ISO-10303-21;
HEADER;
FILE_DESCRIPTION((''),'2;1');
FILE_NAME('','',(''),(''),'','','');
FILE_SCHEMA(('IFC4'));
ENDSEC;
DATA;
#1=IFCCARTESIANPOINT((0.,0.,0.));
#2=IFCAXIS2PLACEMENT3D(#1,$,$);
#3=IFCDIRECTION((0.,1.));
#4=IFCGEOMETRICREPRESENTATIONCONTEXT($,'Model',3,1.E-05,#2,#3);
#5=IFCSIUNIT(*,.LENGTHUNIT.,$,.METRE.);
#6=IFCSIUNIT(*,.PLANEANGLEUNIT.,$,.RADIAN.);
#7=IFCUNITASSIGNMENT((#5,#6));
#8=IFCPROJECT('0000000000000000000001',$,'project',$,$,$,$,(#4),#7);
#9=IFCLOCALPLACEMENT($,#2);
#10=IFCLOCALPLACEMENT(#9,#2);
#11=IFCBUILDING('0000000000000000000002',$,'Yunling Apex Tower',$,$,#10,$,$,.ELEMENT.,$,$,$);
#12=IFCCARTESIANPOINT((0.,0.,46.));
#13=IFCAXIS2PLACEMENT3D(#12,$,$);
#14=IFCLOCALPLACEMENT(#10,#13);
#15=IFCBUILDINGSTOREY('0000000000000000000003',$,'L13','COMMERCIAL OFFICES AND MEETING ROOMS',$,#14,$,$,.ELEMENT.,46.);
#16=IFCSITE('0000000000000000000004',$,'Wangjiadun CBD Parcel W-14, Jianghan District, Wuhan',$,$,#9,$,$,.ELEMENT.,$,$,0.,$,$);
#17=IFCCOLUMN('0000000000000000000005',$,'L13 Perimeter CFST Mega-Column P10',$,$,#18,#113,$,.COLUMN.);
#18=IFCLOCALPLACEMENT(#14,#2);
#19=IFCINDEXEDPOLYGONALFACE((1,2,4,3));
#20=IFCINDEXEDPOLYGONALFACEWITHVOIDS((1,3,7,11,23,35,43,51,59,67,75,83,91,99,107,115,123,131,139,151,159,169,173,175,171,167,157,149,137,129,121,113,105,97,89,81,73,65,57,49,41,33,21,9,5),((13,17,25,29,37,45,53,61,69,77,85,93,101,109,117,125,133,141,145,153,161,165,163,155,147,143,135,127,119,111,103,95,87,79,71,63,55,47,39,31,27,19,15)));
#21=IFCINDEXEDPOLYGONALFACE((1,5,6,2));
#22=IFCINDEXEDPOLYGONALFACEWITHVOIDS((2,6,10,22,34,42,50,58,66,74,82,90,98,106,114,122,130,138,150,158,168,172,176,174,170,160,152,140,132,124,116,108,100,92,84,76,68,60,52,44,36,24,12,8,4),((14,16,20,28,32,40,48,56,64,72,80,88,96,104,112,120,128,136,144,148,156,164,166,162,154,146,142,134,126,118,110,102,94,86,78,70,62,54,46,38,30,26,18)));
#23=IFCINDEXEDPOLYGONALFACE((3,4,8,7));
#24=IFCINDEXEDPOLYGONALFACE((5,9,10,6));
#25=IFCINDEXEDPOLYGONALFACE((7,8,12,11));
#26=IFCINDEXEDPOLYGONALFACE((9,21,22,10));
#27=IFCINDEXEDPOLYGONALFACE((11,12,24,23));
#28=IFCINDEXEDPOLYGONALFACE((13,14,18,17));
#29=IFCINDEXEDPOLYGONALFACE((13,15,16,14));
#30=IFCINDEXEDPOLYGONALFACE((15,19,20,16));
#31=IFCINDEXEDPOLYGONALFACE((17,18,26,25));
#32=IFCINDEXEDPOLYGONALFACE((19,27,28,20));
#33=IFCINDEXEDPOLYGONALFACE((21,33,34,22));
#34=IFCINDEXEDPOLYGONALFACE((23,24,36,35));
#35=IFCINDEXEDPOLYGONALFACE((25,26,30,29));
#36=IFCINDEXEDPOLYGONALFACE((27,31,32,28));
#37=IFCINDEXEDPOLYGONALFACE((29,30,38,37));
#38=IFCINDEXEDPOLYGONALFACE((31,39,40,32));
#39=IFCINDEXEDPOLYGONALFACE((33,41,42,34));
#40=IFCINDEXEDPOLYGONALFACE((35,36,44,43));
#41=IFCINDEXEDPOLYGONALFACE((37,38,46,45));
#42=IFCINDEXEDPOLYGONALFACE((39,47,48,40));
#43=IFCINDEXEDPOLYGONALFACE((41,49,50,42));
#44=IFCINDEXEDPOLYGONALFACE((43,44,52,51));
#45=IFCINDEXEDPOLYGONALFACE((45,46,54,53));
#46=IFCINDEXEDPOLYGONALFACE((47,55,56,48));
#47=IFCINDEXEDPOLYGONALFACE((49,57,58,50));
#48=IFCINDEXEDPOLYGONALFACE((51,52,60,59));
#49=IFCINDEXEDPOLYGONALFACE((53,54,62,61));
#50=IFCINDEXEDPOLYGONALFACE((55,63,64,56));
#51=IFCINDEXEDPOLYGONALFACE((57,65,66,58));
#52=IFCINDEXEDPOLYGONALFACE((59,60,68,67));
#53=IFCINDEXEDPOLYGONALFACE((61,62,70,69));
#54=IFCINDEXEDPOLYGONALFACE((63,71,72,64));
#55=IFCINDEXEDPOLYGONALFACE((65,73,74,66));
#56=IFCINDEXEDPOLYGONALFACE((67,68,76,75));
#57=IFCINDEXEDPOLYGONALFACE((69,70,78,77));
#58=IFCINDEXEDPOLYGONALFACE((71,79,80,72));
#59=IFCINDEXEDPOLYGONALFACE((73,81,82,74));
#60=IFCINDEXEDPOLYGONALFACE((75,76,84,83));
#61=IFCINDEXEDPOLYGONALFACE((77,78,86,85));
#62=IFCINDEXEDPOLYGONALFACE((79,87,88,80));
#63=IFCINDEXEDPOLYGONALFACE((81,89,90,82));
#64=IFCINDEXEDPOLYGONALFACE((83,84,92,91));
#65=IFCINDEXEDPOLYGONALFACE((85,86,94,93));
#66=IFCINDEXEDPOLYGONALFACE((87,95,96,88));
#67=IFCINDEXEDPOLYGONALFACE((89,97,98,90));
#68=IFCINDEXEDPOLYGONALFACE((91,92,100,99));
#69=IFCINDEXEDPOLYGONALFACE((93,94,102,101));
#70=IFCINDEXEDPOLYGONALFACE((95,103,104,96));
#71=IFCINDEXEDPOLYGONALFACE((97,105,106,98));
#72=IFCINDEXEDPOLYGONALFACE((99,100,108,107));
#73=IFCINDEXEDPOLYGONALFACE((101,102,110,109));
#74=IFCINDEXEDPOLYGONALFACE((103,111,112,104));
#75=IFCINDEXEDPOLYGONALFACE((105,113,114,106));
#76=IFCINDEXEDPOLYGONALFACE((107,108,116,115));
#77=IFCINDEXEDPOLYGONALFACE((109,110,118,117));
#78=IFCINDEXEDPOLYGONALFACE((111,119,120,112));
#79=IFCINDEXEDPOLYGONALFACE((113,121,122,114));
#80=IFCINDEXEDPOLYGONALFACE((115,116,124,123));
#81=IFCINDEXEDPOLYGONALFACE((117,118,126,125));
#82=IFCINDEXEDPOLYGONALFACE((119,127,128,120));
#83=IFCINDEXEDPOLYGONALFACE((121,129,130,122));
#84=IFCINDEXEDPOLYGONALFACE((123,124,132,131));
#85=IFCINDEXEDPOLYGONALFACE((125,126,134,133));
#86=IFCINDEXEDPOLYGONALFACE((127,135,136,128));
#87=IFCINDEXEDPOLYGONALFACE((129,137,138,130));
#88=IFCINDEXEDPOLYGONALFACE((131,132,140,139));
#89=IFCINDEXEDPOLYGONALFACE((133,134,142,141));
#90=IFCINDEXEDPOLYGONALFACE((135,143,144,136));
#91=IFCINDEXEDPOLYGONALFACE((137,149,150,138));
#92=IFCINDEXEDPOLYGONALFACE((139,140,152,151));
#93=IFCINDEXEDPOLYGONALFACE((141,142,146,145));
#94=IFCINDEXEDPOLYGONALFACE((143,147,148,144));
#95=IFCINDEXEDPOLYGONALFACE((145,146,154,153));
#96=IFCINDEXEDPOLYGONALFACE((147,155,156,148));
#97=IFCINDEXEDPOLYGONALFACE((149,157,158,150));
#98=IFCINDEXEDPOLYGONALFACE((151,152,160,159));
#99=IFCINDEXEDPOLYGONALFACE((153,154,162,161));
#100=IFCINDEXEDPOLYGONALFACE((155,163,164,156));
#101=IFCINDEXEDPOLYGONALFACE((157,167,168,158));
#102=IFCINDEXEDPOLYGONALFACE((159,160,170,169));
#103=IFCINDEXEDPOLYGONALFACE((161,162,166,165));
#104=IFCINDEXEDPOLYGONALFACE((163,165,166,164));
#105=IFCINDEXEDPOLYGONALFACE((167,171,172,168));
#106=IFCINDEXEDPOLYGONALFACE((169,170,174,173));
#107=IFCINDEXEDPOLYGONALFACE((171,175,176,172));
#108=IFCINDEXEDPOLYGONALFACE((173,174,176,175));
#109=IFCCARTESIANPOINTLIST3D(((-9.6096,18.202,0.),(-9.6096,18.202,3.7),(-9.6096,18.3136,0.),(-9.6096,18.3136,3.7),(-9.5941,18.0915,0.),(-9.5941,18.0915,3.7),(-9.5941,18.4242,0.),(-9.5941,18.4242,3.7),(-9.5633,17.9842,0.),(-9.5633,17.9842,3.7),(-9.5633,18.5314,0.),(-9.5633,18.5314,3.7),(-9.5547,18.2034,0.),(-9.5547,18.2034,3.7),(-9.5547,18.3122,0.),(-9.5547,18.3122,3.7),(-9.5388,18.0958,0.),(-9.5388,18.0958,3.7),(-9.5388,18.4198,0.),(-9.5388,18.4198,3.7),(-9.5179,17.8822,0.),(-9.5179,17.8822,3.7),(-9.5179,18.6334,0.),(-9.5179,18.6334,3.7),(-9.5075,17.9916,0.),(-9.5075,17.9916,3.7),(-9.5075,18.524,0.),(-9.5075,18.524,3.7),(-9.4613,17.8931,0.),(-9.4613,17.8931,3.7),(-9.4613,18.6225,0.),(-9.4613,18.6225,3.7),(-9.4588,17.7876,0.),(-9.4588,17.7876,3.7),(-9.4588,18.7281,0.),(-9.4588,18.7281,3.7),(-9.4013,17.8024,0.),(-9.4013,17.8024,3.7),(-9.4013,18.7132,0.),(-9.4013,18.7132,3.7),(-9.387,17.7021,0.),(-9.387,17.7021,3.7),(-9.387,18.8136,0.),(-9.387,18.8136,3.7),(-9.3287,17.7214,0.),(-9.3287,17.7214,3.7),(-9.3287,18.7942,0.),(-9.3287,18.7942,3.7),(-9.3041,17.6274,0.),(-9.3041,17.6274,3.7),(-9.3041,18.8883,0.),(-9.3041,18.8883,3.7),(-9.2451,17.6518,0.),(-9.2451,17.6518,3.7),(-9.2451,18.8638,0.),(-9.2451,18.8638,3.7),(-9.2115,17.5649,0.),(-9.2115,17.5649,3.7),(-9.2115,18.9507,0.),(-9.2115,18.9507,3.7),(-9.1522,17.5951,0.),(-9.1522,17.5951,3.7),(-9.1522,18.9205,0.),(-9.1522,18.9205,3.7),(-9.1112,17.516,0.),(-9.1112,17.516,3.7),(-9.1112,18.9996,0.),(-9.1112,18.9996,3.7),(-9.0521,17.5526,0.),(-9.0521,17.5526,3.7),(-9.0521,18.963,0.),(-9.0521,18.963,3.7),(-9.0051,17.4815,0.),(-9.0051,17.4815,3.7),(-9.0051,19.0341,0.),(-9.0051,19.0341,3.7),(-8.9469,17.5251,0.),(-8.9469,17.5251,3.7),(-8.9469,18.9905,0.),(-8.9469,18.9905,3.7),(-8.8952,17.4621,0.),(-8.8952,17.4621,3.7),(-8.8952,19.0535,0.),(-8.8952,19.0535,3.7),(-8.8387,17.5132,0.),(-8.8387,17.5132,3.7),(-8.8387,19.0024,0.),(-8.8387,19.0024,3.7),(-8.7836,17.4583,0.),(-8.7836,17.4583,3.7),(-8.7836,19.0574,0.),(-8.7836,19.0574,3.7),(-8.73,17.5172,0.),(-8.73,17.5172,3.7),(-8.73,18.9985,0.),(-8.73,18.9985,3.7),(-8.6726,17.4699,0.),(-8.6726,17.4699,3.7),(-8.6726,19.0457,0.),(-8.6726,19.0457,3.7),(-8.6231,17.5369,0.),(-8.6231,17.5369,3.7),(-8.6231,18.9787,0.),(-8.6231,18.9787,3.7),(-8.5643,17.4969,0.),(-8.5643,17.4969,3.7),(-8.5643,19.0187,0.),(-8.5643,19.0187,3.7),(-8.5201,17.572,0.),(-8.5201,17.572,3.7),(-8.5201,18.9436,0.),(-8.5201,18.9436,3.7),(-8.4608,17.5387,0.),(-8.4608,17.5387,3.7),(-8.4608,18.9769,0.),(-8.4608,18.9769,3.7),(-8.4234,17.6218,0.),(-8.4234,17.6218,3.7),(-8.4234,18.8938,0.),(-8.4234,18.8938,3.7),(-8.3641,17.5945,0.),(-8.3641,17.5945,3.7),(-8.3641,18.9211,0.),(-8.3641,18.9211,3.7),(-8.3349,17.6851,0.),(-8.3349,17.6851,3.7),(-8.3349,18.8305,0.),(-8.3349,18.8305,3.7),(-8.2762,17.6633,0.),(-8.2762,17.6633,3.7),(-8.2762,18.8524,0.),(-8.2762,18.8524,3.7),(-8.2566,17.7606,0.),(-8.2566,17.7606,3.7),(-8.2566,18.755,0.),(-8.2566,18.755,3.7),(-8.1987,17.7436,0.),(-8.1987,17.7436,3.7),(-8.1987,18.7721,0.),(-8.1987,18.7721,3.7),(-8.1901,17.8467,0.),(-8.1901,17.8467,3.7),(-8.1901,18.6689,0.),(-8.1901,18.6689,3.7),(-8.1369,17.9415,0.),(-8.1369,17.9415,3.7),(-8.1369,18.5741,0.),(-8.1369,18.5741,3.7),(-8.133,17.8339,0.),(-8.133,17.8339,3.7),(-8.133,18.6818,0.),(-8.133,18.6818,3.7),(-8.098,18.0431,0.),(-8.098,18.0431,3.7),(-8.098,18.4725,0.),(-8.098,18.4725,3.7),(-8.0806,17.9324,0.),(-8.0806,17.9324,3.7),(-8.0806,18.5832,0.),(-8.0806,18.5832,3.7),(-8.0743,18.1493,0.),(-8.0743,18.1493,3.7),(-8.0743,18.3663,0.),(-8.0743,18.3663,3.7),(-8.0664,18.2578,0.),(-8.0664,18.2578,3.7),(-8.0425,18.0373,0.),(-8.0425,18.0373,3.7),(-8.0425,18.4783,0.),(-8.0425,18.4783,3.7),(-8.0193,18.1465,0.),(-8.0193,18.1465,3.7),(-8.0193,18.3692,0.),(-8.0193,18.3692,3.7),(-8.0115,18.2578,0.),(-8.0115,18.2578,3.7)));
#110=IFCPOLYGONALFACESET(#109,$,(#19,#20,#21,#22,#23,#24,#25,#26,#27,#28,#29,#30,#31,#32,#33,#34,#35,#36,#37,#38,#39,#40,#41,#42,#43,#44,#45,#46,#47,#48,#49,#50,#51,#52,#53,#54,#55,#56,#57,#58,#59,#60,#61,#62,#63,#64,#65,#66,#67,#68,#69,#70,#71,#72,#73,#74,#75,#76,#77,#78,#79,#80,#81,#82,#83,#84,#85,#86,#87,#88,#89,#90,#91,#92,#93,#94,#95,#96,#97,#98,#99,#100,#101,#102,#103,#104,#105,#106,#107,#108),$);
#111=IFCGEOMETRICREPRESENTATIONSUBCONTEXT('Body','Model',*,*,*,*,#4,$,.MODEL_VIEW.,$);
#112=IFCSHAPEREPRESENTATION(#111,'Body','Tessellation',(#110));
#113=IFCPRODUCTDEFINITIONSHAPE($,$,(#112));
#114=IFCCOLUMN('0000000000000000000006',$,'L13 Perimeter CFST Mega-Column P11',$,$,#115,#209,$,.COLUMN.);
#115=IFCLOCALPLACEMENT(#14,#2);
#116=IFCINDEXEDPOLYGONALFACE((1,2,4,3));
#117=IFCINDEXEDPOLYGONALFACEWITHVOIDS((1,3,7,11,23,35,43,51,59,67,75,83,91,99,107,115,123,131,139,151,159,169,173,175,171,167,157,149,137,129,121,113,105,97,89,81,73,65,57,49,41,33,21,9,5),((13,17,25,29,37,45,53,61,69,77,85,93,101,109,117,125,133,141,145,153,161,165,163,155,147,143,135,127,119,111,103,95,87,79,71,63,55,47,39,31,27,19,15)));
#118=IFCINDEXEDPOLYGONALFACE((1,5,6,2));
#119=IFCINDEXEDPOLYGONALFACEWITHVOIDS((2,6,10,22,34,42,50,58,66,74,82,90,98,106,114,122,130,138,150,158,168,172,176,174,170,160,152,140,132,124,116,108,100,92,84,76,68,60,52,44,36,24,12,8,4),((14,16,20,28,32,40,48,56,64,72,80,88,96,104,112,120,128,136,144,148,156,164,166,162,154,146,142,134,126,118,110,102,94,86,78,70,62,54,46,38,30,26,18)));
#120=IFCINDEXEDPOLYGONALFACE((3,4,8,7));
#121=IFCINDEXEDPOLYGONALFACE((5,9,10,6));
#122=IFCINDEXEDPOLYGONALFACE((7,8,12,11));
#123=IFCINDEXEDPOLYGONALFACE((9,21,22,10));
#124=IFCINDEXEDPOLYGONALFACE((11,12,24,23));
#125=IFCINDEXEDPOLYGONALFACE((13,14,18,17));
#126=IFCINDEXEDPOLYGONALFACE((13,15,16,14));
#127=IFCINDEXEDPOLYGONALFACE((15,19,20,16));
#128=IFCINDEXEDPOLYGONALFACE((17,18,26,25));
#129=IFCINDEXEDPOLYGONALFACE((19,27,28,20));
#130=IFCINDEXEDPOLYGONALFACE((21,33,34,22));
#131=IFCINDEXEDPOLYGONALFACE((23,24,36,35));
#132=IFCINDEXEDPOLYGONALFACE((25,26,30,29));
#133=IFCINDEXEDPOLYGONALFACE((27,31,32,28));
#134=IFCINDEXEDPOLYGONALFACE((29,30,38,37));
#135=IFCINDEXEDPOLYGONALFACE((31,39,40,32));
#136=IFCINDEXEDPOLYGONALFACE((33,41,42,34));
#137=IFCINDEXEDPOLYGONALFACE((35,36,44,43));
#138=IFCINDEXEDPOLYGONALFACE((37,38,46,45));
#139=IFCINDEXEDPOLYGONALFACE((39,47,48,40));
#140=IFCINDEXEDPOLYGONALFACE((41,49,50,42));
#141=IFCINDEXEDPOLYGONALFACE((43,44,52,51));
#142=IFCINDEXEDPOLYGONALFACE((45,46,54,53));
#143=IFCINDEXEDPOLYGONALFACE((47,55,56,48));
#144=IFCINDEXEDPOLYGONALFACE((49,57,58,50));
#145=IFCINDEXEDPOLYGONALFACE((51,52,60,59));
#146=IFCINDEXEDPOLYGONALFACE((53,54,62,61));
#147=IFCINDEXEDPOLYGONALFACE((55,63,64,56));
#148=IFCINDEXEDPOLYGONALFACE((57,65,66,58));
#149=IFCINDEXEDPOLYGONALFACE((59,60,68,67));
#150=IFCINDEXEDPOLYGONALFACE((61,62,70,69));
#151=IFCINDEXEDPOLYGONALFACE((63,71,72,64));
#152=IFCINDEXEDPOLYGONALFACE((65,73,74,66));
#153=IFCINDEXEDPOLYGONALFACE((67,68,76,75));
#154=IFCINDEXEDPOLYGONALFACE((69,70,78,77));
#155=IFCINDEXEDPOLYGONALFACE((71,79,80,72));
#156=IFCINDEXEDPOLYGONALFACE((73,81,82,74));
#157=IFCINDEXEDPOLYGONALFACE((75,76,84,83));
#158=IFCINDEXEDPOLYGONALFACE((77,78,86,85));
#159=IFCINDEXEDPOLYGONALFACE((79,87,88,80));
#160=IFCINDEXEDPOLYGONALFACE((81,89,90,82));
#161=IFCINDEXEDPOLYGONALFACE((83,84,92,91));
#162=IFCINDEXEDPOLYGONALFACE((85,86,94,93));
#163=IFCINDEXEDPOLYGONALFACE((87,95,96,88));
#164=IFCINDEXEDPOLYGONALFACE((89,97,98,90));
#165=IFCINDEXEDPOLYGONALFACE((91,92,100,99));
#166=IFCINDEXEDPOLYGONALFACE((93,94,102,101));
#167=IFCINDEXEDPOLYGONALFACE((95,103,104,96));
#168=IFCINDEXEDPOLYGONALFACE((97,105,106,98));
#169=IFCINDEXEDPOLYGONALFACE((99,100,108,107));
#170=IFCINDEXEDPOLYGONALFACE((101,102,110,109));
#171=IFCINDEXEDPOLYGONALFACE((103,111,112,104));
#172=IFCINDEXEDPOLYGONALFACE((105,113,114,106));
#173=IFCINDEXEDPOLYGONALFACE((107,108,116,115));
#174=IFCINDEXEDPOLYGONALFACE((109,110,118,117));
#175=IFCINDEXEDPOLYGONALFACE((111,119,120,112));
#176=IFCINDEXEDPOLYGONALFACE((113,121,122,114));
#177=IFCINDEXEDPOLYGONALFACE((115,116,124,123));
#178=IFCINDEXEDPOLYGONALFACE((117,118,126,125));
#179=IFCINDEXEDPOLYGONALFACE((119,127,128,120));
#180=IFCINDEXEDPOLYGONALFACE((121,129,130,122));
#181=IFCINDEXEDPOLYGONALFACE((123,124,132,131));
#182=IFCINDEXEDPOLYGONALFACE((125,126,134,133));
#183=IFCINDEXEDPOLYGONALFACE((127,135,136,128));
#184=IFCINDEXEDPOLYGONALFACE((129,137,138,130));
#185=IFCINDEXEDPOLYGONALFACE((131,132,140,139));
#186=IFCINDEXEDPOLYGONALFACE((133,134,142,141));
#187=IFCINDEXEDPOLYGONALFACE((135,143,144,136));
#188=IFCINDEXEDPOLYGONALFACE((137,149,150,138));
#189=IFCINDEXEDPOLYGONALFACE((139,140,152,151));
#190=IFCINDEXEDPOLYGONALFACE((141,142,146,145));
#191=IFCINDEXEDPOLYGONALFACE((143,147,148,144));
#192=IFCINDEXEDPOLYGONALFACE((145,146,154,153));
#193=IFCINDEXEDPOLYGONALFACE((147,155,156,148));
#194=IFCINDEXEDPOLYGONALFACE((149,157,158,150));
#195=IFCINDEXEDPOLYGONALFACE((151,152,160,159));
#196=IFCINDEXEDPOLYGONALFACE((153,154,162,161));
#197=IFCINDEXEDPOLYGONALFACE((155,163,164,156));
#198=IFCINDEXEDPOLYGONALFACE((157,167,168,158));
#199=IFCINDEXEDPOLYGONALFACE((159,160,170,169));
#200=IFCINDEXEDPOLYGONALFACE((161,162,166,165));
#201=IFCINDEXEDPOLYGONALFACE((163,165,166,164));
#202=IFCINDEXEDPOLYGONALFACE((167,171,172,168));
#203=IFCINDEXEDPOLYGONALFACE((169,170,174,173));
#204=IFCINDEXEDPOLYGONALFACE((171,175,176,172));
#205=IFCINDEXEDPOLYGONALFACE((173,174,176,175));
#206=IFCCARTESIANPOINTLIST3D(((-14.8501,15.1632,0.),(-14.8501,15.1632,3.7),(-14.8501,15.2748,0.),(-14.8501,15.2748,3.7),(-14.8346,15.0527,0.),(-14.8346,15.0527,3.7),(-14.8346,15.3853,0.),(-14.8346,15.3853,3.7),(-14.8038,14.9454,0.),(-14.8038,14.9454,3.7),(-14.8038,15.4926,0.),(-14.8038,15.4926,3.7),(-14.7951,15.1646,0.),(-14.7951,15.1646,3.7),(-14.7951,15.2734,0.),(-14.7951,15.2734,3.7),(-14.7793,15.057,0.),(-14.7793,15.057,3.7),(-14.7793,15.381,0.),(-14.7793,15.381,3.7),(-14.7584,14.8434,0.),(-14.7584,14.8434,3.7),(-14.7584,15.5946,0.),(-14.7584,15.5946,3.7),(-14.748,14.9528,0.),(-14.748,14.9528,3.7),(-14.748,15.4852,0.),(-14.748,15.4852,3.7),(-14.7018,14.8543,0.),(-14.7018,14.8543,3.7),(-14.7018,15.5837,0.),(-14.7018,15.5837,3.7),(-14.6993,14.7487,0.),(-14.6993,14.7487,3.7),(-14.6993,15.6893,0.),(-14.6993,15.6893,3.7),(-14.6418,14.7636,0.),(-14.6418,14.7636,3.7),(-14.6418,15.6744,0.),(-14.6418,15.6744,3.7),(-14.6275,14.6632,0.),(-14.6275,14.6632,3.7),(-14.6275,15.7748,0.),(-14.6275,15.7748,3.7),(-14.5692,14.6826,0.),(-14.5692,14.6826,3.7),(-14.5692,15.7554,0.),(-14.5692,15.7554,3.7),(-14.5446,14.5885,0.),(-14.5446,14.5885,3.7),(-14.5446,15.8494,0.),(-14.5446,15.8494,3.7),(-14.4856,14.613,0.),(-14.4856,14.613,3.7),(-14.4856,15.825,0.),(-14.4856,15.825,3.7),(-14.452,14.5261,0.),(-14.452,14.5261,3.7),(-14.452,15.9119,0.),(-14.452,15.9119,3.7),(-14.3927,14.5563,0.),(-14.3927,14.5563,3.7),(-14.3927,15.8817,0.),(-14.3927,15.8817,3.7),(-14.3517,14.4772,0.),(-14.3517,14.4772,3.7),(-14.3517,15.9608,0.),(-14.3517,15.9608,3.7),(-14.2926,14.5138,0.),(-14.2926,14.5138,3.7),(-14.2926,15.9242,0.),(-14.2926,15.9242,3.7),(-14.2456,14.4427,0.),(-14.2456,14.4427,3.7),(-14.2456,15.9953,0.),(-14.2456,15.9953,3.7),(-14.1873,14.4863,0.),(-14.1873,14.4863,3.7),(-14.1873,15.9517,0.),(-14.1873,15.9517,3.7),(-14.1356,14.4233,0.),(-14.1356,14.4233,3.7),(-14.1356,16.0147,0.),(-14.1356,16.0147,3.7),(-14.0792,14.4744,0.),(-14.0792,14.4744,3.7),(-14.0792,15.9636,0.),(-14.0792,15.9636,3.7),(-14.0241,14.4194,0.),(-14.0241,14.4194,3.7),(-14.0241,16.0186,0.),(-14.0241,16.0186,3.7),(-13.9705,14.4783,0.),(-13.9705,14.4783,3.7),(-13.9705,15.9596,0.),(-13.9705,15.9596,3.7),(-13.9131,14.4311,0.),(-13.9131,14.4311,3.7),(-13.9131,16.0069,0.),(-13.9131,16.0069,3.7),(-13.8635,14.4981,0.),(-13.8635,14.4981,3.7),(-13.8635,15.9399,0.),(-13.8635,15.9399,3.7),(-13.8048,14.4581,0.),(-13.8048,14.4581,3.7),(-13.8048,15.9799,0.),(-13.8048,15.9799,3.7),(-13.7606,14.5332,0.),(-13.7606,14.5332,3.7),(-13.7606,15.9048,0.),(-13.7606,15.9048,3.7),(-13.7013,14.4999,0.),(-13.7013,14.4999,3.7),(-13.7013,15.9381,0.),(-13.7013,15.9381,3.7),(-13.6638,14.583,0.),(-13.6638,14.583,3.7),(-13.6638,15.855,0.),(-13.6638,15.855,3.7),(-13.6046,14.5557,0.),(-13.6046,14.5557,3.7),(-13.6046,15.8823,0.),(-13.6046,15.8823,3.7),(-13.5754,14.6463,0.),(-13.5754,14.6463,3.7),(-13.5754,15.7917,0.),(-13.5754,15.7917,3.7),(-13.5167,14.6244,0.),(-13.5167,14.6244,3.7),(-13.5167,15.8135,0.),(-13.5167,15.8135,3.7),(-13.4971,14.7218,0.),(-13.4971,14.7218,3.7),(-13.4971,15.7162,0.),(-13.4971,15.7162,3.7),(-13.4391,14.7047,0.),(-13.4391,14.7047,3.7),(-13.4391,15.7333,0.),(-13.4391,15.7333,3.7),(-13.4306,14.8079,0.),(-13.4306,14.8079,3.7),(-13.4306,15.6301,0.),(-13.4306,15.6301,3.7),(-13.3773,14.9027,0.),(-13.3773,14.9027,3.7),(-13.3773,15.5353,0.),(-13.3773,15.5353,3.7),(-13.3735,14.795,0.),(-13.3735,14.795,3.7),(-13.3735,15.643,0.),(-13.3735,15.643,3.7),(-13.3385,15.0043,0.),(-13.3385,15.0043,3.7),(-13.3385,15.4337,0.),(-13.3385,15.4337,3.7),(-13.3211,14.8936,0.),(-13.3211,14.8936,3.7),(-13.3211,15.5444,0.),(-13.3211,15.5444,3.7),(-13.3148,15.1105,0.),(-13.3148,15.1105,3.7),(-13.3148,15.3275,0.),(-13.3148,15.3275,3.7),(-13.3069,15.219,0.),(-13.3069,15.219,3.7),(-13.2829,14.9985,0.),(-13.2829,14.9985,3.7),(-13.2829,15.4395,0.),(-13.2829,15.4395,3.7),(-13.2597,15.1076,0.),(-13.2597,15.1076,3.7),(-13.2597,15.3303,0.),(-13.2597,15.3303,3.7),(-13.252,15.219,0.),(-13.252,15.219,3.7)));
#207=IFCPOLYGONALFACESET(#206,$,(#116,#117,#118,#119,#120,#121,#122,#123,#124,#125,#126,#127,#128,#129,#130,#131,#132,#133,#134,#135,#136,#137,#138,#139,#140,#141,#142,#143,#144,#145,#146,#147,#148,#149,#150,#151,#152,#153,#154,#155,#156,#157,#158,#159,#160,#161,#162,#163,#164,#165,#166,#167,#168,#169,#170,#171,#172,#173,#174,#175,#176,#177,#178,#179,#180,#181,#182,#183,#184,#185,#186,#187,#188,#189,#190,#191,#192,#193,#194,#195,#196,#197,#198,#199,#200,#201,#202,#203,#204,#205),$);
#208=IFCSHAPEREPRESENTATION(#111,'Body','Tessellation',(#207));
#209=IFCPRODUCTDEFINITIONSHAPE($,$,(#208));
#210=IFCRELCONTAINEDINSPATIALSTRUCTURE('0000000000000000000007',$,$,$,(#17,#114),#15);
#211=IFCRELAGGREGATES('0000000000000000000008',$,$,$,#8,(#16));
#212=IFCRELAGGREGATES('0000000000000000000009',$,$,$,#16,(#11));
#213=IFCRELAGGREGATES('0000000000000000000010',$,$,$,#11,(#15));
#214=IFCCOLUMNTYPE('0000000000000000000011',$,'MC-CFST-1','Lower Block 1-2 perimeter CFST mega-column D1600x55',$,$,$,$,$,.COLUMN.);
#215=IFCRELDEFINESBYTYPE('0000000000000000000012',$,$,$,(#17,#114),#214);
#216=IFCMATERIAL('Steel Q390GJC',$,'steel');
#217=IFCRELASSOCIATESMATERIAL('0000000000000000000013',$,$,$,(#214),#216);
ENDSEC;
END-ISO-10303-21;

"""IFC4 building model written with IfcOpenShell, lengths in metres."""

from ifc_helpers import new_model, si_unit, direction, frame, origin, origin_2d, place, context, subcontext, project, spatial, hollow_circle, extrude, source, transform, mapped, material, material_profile, profile_set, type_object, element, save


model = new_model("IFC4")

# Units and contexts
model_context = context("Model", 3, precision=1e-05, world=origin(), true_north=direction((0.0, 1.0)))
body_context = subcontext(model_context, "Body", "Model", "MODEL_VIEW")
ifc_project = project(units=[si_unit("LENGTHUNIT", "METRE"), si_unit("PLANEANGLEUNIT", "RADIAN")], contexts=[model_context])

# Site, building, storey
site_placement = place(None, origin())
site = spatial("IfcSite", under=ifc_project, at=site_placement, Name="Wangjiadun CBD Parcel W-14, Jianghan District, Wuhan", CompositionType="ELEMENT", RefElevation=0.0)
building_placement = place(site_placement, origin())
building = spatial("IfcBuilding", under=site, at=building_placement, Name="Yunling Apex Tower", CompositionType="ELEMENT")
storey_placement = place(building_placement, frame((0.0, 0.0, 46.0)))
storey = spatial("IfcBuildingStorey", under=building, at=storey_placement, Name="L13", Description="COMMERCIAL OFFICES AND MEETING ROOMS", CompositionType="ELEMENT", Elevation=46.0)

# Columns
ifc_material_1 = material(Name="Steel Q390GJC", Category="steel")
ifc_material_profile_1 = material_profile(ifc_material_1, hollow_circle(Radius=0.8, WallThickness=0.0549, at=origin_2d()))
ifc_profile_set_1 = profile_set([ifc_material_profile_1], Name="Steel Q390GJC")
column_type = type_object("IfcColumnType", Name="MC-CFST-1", Description="Lower Block 1-2 perimeter CFST mega-column D1600x55", PredefinedType="COLUMN", material=ifc_profile_set_1)
shared_shape_1 = source(origin(), body_context, "Body", "SweptSolid", [
    extrude(hollow_circle(Radius=0.8, WallThickness=0.0549, at=origin_2d()), origin(), (0.0, 0.0, 1.0), 3.7),
])
for number, where, z_axis, x_axis, name in (
    (1, (-8.8115, 18.2578, 0.0), (0.0, 0.0, 1.0), (1.0, 0.0, 0.0), "L13 Perimeter CFST Mega-Column P10"),
    (2, (-14.052, 15.219, 0.0), (0.0, 0.0, 1.0), (1.0, 0.0, 0.0), "L13 Perimeter CFST Mega-Column P11"),
):
    element("IfcColumn", number, at=place(storey_placement, frame(where, z_axis=z_axis, x_axis=x_axis)), inside=storey, type_object=column_type, Name=name, PredefinedType="COLUMN", context=body_context, shape_type="MappedRepresentation", body=[
        mapped(shared_shape_1, transform((0.0, 0.0, 0.0), scale=1.0)),
    ])

save(model, "model.ifc")
